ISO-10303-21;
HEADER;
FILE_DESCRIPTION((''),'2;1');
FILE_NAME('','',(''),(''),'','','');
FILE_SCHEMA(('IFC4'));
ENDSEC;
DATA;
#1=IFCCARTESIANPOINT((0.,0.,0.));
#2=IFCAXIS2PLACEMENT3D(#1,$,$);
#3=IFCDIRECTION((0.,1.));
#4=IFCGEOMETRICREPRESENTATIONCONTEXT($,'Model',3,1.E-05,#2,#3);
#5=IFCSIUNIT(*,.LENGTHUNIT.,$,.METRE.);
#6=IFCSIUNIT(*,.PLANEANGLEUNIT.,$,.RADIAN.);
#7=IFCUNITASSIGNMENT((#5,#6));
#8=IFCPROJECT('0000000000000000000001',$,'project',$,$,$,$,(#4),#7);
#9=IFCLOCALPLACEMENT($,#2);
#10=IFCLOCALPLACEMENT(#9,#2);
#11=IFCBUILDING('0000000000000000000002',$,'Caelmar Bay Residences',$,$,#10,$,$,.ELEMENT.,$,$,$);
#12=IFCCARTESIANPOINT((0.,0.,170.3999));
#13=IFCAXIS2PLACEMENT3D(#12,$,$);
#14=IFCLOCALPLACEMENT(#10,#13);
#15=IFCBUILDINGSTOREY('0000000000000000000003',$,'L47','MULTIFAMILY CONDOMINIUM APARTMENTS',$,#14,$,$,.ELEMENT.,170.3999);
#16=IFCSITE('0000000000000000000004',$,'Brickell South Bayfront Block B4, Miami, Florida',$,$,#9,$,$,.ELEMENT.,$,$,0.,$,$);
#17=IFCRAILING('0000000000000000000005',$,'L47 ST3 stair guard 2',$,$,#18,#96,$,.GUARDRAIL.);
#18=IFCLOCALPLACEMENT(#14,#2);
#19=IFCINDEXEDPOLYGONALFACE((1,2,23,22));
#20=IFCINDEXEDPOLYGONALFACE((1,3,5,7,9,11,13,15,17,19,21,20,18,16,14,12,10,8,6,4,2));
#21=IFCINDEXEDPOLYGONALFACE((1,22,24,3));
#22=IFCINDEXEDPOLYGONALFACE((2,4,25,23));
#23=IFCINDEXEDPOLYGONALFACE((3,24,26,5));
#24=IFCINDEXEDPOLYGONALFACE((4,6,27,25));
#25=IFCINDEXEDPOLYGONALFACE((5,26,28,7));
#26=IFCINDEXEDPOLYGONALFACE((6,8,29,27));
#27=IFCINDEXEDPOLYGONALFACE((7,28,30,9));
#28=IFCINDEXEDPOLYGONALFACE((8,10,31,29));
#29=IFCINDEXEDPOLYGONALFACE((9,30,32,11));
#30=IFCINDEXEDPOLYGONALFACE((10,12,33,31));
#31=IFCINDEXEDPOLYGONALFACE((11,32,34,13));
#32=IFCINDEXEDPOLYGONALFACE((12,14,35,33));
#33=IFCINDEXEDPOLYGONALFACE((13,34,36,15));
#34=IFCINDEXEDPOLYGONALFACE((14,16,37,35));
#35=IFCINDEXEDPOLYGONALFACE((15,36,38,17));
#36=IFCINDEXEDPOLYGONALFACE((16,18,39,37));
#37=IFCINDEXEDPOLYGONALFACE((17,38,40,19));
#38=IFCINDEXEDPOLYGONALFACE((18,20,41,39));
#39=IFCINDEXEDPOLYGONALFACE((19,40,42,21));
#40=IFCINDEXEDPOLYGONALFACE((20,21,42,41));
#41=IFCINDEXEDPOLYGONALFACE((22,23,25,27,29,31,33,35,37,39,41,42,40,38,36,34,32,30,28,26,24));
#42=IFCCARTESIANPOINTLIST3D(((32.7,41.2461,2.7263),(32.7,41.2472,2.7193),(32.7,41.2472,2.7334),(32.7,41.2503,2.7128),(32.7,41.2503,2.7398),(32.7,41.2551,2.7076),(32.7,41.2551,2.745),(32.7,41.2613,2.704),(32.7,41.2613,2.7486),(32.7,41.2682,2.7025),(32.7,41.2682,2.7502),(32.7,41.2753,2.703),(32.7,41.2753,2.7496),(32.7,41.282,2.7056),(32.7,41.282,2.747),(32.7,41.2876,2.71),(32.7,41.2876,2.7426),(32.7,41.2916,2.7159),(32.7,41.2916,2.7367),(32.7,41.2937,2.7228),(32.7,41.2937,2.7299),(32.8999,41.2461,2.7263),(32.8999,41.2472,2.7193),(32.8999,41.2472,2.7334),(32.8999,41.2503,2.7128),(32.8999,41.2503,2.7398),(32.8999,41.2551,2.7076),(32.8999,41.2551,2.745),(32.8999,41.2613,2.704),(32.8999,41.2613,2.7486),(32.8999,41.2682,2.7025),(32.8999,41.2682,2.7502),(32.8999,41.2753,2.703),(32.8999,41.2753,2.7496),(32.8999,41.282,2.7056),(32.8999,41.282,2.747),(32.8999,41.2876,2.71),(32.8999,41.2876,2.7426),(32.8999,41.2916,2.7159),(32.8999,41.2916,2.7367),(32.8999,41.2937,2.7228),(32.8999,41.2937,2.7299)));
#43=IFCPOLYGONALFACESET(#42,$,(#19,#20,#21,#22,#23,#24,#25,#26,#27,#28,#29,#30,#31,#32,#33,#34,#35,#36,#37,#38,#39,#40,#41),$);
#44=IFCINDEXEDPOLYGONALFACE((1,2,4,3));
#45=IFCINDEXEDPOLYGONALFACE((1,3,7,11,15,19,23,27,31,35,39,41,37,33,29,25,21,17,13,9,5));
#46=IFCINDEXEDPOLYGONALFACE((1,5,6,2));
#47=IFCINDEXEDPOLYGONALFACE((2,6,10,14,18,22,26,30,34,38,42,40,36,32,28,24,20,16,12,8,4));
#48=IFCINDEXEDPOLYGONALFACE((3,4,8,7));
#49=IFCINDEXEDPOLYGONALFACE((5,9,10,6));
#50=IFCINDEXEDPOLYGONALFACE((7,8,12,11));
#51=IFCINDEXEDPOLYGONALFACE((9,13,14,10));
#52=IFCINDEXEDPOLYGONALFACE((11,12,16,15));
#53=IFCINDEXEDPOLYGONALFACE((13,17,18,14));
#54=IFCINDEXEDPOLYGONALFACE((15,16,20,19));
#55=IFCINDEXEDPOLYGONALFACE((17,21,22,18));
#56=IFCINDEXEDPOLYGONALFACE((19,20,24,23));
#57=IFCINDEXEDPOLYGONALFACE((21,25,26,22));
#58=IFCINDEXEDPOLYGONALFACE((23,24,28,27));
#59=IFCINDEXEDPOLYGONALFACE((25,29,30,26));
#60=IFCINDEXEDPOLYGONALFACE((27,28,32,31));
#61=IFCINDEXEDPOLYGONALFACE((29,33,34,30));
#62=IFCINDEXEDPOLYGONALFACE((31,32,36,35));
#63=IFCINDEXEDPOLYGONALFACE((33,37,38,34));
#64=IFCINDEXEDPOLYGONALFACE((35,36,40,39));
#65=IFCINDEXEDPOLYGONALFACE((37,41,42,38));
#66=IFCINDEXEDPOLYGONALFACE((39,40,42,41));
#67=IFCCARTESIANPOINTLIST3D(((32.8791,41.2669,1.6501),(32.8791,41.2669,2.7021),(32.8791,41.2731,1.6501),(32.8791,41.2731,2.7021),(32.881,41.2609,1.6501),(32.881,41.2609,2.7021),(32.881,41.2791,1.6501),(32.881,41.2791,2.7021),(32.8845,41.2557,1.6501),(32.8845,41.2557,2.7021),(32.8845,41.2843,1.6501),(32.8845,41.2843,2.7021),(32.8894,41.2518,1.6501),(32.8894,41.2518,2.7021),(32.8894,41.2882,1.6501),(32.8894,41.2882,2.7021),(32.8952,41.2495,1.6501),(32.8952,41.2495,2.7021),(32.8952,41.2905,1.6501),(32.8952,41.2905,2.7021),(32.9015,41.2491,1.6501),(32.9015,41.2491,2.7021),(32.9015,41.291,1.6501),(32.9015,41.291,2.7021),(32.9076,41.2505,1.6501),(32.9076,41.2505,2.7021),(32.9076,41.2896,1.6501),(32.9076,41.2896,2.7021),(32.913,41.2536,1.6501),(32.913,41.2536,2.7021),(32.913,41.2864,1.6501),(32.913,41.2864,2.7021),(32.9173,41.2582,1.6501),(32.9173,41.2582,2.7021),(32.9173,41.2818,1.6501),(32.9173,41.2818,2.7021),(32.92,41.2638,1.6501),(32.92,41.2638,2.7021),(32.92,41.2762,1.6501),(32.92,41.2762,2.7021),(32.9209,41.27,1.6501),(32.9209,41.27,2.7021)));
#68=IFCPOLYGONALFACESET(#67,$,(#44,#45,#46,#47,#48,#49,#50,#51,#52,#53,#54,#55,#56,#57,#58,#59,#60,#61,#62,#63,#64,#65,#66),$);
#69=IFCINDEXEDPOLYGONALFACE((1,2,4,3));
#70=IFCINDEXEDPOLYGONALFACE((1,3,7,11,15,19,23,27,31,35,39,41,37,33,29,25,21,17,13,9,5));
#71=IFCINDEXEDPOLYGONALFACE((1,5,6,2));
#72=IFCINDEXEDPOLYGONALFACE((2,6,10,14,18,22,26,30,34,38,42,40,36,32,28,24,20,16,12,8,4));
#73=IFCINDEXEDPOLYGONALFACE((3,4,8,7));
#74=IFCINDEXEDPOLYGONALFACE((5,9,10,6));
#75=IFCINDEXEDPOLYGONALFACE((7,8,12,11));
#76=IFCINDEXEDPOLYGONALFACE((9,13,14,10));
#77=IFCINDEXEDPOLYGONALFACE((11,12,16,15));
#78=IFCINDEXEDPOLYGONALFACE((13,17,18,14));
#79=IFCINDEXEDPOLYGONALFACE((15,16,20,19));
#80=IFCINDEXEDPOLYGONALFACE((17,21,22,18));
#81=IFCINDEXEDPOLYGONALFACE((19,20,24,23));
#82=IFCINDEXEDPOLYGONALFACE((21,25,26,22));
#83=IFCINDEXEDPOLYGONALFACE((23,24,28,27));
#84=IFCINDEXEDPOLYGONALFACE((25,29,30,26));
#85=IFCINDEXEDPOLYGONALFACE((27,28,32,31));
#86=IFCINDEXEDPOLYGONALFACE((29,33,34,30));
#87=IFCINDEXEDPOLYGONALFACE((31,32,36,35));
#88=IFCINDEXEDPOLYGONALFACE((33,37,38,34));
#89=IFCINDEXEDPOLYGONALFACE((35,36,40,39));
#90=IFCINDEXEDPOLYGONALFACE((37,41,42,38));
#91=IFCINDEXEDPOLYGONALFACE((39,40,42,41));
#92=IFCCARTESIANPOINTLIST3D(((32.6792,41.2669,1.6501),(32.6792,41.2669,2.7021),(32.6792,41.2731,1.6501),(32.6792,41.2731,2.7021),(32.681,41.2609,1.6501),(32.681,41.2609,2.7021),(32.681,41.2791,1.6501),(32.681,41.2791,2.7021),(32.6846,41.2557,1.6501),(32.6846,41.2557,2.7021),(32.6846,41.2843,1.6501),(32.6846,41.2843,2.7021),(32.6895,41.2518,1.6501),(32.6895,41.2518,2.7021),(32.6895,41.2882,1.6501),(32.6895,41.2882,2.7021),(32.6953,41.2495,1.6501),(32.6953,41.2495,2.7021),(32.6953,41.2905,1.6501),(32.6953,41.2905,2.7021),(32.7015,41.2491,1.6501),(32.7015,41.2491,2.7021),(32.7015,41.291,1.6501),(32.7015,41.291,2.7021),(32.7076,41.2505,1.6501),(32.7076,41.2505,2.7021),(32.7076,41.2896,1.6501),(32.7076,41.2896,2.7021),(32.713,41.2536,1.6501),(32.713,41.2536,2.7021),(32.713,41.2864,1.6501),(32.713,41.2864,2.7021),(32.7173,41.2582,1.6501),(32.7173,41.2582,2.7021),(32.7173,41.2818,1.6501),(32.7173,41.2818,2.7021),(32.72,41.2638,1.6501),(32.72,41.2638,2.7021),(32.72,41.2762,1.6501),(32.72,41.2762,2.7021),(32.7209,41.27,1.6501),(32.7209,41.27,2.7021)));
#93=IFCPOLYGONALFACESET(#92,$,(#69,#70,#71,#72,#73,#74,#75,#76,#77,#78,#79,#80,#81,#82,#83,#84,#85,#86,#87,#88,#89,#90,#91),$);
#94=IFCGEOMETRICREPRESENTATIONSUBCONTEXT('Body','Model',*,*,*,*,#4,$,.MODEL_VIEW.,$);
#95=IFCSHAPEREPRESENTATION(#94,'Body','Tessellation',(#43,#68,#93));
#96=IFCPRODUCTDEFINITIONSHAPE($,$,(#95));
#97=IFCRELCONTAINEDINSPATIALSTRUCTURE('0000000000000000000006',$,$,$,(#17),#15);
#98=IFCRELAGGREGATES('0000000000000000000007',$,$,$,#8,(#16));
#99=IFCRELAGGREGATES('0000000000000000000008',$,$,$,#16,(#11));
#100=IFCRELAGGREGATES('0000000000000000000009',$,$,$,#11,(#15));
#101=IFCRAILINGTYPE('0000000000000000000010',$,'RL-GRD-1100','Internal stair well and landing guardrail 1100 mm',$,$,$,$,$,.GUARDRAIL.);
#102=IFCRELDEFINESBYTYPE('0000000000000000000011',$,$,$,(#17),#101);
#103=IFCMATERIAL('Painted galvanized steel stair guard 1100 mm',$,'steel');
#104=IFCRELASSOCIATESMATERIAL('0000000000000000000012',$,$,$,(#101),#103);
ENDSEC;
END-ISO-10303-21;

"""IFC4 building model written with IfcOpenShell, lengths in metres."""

from ifc_helpers import new_model, si_unit, direction, frame, origin, origin_2d, place, context, subcontext, project, spatial, circle, extrude, material, type_object, element, save


model = new_model("IFC4")

# Units and contexts
model_context = context("Model", 3, precision=1e-05, world=origin(), true_north=direction((0.0, 1.0)))
body_context = subcontext(model_context, "Body", "Model", "MODEL_VIEW")
ifc_project = project(units=[si_unit("LENGTHUNIT", "METRE"), si_unit("PLANEANGLEUNIT", "RADIAN")], contexts=[model_context])

# Site, building, storey
site_placement = place(None, origin())
site = spatial("IfcSite", under=ifc_project, at=site_placement, Name="Brickell South Bayfront Block B4, Miami, Florida", CompositionType="ELEMENT", RefElevation=0.0)
building_placement = place(site_placement, origin())
building = spatial("IfcBuilding", under=site, at=building_placement, Name="Caelmar Bay Residences", CompositionType="ELEMENT")
storey_placement = place(building_placement, frame((0.0, 0.0, 170.3999)))
storey = spatial("IfcBuildingStorey", under=building, at=storey_placement, Name="L47", Description="MULTIFAMILY CONDOMINIUM APARTMENTS", CompositionType="ELEMENT", Elevation=170.3999)

# Railing
ifc_material_1 = material(Name="Painted galvanized steel stair guard 1100 mm", Category="steel")
railing_type_1 = type_object("IfcRailingType", Name="RL-GRD-1100", Description="Internal stair well and landing guardrail 1100 mm", PredefinedType="GUARDRAIL", material=ifc_material_1)
railing_1_placement = place(storey_placement, frame((32.8999, 41.27, 1.6501)))
element("IfcRailing", 1, at=railing_1_placement, inside=storey, type_object=railing_type_1, Name="L47 ST3 stair guard 2", PredefinedType="GUARDRAIL", context=body_context, shape_type="SweptSolid", body=[
    extrude(circle(Radius=0.0239, at=origin_2d()), frame((0.0, 0.0, 1.0762), z_axis=(-1.0, 0.0, 0.0), x_axis=(0.0, -1.0, 0.0)), (0.0, 0.0, 1.0), 0.2),
    extrude(circle(Radius=0.021, at=origin_2d()), origin(), (0.0, 0.0, 1.0), 1.052),
    extrude(circle(Radius=0.021, at=origin_2d()), frame((-0.2, 0.0, 0.0)), (0.0, 0.0, 1.0), 1.052),
])

save(model, "model.ifc")
